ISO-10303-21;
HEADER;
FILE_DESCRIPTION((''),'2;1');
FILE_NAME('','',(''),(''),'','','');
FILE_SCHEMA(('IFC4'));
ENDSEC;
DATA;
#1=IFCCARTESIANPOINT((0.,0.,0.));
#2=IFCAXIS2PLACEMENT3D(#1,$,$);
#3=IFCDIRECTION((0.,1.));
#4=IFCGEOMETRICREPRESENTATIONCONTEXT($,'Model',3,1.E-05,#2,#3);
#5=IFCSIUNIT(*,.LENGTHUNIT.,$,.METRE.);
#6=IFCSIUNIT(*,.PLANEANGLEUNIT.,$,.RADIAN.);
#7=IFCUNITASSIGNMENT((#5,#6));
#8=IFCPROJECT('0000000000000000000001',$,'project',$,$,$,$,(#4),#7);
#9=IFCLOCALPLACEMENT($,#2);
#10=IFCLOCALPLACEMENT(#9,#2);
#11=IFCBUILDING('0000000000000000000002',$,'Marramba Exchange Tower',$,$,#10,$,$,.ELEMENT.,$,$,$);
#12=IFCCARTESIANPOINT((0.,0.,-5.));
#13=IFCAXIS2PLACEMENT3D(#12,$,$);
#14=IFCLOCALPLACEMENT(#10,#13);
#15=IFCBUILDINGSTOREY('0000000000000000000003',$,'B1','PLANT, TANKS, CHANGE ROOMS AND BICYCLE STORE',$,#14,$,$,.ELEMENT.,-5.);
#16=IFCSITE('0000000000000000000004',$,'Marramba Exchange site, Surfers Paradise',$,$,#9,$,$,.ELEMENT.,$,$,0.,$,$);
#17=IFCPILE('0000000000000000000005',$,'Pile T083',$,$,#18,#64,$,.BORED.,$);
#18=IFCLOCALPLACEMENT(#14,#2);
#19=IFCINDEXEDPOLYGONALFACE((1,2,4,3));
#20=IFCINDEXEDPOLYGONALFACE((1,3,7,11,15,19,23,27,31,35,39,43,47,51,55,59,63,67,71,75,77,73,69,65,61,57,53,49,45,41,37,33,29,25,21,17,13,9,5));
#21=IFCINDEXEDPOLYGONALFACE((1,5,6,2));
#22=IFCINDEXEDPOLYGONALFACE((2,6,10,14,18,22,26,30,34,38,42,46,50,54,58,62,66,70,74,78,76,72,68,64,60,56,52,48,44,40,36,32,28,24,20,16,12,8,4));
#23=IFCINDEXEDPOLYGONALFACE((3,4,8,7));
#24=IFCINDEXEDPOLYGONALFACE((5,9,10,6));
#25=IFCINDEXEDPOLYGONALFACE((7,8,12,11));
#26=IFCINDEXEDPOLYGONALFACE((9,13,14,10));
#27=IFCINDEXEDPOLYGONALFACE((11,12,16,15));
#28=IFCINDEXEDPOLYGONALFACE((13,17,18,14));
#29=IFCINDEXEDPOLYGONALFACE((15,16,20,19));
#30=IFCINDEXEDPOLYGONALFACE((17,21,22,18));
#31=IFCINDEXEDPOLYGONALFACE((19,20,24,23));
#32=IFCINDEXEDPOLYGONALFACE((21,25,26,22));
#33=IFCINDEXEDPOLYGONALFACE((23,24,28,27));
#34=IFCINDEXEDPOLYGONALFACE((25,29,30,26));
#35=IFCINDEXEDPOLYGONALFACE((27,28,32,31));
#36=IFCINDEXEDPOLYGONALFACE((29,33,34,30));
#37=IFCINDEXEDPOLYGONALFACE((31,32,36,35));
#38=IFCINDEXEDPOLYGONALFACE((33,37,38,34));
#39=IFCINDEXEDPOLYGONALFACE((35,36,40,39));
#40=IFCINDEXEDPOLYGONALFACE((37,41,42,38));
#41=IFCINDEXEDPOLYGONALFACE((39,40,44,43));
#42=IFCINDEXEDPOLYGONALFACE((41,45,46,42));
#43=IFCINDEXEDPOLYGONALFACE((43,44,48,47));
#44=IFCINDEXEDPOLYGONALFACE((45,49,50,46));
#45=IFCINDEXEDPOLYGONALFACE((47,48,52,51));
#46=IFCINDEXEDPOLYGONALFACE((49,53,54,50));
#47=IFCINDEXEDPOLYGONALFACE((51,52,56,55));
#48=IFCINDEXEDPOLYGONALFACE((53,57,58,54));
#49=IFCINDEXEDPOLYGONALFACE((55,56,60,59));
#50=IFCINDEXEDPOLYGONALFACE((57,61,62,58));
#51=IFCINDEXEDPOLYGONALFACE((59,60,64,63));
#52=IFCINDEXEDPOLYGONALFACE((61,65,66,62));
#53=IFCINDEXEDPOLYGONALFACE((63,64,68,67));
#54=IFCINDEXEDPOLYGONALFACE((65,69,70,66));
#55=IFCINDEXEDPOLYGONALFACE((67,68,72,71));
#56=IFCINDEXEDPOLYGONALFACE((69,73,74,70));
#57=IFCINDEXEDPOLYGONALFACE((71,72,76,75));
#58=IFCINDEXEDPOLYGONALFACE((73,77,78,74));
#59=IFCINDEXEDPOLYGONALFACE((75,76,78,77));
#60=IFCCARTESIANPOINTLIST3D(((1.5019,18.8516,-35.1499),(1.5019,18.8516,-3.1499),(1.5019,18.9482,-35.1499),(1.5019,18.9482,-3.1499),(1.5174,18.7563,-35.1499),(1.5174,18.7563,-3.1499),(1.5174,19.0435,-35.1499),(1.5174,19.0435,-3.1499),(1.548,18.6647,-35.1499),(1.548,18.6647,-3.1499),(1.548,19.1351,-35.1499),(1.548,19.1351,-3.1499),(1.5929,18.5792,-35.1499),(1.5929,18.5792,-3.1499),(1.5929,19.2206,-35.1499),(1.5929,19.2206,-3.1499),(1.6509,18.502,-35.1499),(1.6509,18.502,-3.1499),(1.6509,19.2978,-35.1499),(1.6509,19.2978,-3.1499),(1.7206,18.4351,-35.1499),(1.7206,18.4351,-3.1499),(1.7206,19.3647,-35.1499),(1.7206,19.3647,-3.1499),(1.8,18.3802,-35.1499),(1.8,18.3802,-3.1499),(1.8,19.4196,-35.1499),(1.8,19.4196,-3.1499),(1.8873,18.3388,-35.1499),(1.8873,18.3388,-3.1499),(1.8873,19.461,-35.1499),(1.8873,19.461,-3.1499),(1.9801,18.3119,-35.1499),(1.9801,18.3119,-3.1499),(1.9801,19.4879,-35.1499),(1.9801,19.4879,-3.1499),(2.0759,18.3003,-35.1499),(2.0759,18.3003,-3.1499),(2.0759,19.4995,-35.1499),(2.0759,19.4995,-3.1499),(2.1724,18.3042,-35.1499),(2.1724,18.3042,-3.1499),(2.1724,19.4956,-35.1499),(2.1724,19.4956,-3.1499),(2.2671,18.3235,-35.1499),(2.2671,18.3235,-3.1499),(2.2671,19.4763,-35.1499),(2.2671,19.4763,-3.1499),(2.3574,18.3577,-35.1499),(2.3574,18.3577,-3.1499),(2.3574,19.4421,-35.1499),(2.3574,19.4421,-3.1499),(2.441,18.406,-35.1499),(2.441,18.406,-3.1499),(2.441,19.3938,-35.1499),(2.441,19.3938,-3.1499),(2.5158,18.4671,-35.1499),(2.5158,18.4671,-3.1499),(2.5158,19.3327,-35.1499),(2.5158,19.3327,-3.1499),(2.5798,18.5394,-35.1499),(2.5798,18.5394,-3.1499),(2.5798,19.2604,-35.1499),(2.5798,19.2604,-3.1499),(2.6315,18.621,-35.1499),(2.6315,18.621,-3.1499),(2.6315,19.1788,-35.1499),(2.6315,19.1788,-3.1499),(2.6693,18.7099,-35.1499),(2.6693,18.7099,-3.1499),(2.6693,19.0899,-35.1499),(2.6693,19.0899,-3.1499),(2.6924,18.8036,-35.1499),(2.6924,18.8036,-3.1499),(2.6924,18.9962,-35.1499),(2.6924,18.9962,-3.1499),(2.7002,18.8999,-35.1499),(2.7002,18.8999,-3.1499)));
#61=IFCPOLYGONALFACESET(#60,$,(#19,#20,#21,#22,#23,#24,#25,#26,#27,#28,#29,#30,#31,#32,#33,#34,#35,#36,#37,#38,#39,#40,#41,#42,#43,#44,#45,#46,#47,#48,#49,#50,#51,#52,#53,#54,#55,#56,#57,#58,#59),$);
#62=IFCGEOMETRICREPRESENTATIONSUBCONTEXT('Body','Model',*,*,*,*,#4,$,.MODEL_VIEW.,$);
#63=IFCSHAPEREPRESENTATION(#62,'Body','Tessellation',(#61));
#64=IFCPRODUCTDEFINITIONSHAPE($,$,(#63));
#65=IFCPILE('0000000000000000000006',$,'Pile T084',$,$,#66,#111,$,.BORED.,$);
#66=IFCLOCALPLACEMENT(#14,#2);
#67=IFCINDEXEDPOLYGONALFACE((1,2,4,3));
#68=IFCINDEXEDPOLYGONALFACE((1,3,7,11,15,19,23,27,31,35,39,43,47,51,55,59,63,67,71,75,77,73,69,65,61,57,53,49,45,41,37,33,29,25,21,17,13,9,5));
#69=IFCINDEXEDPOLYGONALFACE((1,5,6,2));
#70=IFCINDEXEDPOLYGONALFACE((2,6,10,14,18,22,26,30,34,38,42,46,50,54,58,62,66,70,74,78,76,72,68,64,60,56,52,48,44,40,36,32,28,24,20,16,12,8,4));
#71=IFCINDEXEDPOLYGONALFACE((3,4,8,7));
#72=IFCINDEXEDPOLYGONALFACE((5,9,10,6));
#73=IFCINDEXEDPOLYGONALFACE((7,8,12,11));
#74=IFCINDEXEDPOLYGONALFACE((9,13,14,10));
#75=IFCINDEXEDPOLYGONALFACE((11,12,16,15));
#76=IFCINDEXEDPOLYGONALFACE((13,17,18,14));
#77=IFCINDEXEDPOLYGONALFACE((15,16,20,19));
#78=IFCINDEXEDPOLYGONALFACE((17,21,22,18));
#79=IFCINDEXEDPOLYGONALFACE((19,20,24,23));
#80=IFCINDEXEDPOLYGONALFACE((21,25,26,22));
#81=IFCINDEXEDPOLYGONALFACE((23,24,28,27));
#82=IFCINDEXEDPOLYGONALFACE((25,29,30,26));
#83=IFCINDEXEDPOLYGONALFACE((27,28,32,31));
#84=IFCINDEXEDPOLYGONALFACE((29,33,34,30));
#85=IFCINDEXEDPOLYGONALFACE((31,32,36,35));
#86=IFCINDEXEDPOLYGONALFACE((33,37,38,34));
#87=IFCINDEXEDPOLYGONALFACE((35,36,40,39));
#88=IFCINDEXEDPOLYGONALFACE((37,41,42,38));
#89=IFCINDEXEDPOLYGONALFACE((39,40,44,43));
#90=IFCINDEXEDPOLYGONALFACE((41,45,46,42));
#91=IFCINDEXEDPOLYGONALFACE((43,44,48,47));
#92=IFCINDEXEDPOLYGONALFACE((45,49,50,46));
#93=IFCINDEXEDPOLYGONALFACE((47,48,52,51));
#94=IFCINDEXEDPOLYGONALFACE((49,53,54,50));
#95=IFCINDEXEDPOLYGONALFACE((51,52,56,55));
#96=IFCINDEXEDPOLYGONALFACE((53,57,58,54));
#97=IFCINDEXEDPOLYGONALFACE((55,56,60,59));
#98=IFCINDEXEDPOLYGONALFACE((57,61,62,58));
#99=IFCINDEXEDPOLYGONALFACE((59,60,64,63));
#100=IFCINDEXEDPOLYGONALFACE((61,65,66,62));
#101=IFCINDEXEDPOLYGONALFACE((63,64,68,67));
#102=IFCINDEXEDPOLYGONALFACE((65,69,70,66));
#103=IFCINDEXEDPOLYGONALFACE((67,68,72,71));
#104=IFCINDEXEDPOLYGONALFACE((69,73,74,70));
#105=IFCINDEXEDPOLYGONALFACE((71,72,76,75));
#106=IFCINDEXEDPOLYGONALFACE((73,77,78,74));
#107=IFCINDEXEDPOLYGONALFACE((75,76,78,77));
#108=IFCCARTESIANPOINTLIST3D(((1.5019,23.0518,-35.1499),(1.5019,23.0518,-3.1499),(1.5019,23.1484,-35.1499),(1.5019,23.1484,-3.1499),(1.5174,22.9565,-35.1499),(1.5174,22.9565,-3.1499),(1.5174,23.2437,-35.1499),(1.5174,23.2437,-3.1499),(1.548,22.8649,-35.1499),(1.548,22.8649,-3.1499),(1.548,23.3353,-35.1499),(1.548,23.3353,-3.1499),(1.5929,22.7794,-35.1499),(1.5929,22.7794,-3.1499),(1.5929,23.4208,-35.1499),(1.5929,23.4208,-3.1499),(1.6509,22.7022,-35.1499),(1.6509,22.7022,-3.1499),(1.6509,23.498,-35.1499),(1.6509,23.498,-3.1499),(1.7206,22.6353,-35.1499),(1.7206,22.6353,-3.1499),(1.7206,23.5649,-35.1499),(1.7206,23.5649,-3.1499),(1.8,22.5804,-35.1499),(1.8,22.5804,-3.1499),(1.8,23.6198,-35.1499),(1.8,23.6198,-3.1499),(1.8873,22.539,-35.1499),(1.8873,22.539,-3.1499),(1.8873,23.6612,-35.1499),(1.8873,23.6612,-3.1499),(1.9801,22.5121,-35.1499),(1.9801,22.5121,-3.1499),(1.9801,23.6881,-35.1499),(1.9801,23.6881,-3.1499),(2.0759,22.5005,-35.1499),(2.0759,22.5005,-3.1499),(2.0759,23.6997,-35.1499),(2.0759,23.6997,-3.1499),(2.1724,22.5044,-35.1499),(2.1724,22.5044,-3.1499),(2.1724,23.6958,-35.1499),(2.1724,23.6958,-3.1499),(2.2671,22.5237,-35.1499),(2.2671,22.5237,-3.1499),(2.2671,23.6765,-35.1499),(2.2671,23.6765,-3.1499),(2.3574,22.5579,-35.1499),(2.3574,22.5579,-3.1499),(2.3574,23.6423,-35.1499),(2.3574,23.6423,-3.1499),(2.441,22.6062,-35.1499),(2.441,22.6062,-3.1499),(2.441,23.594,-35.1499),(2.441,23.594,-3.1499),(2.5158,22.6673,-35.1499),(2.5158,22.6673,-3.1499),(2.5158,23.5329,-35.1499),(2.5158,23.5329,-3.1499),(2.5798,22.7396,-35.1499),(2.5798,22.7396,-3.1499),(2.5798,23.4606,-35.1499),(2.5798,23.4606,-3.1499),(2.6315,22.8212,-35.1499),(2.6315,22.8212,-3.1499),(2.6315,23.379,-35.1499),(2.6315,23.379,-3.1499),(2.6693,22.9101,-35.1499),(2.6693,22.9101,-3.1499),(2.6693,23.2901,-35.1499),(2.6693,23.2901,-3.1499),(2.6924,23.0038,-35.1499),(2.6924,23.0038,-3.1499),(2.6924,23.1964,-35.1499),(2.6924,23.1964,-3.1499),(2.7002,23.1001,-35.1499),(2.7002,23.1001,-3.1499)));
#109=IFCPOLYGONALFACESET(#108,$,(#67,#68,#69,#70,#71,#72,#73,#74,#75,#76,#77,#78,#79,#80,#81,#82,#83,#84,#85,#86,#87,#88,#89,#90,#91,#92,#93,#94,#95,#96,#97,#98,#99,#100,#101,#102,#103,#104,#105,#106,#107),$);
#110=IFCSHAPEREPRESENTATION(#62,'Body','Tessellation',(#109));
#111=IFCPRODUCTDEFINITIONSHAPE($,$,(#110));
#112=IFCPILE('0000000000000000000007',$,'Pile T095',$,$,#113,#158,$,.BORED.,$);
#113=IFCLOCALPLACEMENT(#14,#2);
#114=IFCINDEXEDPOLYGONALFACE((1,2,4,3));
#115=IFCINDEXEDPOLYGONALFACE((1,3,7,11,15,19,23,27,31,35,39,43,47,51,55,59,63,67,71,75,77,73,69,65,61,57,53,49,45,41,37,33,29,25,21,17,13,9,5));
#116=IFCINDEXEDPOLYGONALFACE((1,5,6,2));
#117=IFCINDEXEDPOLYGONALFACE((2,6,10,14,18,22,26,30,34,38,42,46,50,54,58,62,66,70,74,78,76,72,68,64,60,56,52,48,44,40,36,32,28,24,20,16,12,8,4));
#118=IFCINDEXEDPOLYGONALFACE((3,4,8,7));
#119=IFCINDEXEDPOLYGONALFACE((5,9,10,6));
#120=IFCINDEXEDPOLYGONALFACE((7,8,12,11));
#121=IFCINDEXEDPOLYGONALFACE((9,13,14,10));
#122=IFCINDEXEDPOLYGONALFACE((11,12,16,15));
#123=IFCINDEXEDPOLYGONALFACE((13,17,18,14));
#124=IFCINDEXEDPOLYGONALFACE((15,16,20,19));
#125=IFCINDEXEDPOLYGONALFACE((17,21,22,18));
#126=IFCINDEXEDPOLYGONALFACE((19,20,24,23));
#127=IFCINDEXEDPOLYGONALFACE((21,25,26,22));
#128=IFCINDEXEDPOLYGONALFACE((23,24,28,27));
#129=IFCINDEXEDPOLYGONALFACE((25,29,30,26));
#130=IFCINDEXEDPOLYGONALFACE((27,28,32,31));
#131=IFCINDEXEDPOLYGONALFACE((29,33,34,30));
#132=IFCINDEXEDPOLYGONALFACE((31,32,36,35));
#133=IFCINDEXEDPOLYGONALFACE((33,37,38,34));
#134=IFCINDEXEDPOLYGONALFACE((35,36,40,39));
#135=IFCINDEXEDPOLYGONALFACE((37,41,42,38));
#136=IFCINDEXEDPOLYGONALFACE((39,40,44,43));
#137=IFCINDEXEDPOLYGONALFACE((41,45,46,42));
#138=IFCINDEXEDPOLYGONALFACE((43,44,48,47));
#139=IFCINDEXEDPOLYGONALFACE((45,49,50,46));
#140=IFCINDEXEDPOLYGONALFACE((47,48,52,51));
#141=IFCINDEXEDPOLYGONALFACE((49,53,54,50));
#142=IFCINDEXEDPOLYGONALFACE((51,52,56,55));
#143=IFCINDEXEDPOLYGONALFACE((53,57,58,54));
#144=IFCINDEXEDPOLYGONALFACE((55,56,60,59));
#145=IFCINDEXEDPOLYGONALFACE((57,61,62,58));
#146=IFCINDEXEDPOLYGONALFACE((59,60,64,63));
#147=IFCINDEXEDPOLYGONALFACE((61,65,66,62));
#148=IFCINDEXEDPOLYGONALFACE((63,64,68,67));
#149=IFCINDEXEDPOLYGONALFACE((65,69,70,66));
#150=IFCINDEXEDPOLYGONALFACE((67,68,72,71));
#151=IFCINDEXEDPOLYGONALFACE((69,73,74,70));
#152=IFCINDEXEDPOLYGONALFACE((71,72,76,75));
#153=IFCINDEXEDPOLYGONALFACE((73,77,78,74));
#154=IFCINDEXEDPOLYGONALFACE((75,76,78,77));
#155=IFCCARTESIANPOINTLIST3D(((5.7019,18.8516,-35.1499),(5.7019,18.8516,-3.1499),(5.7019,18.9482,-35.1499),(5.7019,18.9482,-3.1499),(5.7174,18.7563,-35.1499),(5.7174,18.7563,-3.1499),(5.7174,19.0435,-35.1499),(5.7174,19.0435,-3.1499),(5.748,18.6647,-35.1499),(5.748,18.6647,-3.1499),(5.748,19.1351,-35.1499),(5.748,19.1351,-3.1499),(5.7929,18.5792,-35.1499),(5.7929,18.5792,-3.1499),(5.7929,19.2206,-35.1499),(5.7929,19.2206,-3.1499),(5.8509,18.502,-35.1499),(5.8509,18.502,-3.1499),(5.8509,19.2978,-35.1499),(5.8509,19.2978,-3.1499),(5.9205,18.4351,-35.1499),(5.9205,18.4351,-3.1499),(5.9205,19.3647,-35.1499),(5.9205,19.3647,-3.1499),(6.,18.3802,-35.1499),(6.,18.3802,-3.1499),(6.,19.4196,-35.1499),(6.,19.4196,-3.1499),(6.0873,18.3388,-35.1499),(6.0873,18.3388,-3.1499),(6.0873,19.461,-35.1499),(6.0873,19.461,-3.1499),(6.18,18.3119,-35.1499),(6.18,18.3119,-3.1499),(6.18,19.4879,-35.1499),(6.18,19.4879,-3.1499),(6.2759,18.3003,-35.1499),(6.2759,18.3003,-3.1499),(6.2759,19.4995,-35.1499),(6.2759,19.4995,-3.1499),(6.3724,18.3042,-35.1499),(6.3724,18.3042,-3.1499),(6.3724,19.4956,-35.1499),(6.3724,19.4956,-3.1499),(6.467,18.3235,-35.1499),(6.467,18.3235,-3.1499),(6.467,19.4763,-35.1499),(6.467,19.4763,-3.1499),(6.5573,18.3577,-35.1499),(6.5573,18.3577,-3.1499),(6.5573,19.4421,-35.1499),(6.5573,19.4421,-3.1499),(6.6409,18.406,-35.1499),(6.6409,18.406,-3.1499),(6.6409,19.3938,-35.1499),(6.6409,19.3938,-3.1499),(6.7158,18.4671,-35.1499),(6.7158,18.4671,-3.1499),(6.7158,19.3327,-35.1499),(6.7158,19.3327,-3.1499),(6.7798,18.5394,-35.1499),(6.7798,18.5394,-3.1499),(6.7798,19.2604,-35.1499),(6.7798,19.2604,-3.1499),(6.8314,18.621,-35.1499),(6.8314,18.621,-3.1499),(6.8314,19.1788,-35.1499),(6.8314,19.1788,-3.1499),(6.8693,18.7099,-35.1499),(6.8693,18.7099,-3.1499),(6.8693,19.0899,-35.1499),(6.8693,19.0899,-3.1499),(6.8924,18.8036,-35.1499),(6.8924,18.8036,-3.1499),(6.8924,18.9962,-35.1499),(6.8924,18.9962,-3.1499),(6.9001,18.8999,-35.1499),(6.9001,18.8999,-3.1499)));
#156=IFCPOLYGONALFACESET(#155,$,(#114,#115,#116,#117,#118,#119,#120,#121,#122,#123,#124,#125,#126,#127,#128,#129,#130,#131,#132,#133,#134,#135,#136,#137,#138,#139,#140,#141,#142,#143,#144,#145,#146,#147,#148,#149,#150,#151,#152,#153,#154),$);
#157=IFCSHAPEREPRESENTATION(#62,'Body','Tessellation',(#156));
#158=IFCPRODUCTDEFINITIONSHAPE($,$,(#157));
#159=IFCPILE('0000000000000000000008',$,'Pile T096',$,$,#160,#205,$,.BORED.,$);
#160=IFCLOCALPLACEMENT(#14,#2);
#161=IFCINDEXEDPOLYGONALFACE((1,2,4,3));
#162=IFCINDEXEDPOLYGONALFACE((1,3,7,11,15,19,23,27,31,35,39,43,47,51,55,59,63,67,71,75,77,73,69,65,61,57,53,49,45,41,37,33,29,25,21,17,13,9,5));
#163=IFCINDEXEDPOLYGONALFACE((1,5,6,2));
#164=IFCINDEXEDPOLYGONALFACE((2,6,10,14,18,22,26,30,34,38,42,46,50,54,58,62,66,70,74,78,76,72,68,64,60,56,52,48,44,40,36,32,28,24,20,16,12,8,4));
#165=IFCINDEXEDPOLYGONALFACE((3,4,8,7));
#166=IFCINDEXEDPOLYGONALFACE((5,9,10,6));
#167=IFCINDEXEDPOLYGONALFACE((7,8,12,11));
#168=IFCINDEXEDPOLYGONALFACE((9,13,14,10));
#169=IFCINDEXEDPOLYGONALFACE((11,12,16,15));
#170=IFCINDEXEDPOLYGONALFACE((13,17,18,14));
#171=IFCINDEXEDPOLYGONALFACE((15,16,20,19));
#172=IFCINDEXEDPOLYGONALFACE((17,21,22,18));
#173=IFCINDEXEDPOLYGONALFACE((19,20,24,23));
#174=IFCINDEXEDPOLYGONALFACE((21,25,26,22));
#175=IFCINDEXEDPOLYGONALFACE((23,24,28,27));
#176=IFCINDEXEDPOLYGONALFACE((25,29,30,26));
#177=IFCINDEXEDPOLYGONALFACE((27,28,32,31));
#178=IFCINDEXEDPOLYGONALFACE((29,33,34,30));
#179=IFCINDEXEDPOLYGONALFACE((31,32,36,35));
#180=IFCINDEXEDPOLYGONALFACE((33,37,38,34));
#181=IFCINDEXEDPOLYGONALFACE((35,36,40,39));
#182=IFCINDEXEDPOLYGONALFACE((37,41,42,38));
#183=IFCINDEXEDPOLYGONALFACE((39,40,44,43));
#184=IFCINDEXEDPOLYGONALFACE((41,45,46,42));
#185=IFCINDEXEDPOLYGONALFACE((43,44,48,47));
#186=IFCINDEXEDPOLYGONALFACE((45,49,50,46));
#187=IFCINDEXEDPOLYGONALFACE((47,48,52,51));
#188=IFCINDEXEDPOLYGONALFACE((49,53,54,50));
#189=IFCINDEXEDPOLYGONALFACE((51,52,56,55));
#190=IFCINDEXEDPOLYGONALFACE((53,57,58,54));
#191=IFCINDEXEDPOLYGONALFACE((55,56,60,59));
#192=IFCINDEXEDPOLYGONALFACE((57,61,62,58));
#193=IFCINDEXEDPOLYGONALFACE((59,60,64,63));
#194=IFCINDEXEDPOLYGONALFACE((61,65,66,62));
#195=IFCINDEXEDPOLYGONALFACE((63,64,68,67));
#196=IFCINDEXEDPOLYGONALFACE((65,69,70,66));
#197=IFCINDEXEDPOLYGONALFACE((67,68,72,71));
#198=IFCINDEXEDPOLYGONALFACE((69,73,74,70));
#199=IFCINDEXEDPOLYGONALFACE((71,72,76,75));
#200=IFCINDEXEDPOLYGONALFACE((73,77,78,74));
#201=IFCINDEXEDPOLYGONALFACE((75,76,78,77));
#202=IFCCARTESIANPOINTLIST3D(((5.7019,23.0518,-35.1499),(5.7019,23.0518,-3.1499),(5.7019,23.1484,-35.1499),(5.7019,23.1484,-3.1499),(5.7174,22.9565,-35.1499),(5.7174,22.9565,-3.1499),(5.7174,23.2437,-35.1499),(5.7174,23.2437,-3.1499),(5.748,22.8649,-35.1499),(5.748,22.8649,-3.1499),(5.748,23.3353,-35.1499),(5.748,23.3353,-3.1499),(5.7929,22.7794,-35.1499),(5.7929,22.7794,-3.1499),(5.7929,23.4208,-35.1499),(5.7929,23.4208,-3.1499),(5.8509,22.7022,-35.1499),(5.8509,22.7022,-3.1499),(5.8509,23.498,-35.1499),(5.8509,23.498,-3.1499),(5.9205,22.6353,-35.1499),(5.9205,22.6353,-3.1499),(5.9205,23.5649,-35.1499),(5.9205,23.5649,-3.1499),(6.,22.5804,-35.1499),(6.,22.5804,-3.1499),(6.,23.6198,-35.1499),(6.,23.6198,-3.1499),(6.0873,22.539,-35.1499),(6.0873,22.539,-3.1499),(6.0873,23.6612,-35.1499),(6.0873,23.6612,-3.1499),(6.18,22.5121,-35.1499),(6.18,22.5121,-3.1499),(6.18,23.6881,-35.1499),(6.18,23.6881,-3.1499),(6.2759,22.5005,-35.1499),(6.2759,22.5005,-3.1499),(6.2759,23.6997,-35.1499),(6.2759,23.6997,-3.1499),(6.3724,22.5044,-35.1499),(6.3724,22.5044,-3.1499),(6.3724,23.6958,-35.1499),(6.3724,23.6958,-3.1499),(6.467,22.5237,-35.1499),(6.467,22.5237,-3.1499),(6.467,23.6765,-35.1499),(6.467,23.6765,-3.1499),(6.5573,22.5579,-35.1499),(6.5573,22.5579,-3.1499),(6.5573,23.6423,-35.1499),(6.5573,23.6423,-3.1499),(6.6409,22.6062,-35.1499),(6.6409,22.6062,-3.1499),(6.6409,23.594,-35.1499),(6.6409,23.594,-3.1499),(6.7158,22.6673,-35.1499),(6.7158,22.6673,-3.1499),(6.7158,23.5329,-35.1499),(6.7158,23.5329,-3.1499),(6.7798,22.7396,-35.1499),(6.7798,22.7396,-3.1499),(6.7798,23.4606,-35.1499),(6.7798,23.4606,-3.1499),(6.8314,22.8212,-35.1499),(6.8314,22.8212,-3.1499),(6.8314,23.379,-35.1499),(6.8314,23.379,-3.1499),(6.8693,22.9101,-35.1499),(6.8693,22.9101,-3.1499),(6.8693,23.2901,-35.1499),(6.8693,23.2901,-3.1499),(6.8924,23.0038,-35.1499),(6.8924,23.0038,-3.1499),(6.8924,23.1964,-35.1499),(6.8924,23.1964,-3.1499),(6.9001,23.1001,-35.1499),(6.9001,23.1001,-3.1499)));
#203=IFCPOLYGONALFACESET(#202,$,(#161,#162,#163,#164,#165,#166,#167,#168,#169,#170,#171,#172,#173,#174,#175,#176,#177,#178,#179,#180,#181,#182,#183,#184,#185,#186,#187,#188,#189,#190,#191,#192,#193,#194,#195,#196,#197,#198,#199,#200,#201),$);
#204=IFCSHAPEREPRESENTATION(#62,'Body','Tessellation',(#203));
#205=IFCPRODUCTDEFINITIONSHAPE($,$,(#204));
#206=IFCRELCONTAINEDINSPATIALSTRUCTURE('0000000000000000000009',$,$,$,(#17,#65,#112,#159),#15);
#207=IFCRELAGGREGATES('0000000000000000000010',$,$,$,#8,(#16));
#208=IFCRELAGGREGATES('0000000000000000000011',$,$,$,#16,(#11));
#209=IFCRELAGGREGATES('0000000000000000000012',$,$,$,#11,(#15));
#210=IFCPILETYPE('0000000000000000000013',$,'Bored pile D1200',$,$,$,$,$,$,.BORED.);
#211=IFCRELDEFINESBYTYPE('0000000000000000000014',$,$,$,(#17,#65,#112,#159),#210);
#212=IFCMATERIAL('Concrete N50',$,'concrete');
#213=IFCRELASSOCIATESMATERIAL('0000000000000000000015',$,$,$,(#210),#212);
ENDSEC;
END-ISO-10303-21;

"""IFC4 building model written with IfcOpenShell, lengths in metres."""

from ifc_helpers import new_model, si_unit, direction, frame, origin, origin_2d, place, context, subcontext, project, spatial, circle, extrude, material, material_profile, profile_set, type_object, element, save


model = new_model("IFC4")

# Units and contexts
model_context = context("Model", 3, precision=1e-05, world=origin(), true_north=direction((0.0, 1.0)))
body_context = subcontext(model_context, "Body", "Model", "MODEL_VIEW")
ifc_project = project(units=[si_unit("LENGTHUNIT", "METRE"), si_unit("PLANEANGLEUNIT", "RADIAN")], contexts=[model_context])

# Site, building, storey
site_placement = place(None, origin())
site = spatial("IfcSite", under=ifc_project, at=site_placement, Name="Marramba Exchange site, Surfers Paradise", CompositionType="ELEMENT", RefElevation=0.0)
building_placement = place(site_placement, origin())
building = spatial("IfcBuilding", under=site, at=building_placement, Name="Marramba Exchange Tower", CompositionType="ELEMENT")
storey_placement = place(building_placement, frame((0.0, 0.0, -5.0)))
storey = spatial("IfcBuildingStorey", under=building, at=storey_placement, Name="B1", Description="PLANT, TANKS, CHANGE ROOMS AND BICYCLE STORE", CompositionType="ELEMENT", Elevation=-5.0)

# Piles
ifc_material_1 = material(Name="Concrete N50", Category="concrete")
ifc_material_profile_1 = material_profile(ifc_material_1, circle(Radius=0.6001, at=origin_2d()), Name="BP D1200")
ifc_profile_set_1 = profile_set([ifc_material_profile_1], Name="Concrete N50")
pile_type_1 = type_object("IfcPileType", Name="Bored pile D1200", PredefinedType="BORED", material=ifc_profile_set_1)
for number, where, z_axis, x_axis, name in (
    (1, (2.1001, 18.8999, -3.1499), (0.0, 0.0, -1.0), (1.0, 0.0, 0.0), "Pile T083"),
    (2, (2.1001, 23.1001, -3.1499), (0.0, 0.0, -1.0), (1.0, 0.0, 0.0), "Pile T084"),
    (3, (6.3, 18.8999, -3.1499), (0.0, 0.0, -1.0), (1.0, 0.0, 0.0), "Pile T095"),
    (4, (6.3, 23.1001, -3.1499), (0.0, 0.0, -1.0), (1.0, 0.0, 0.0), "Pile T096"),
):
    element("IfcPile", number, at=place(storey_placement, frame(where, z_axis=z_axis, x_axis=x_axis)), inside=storey, type_object=pile_type_1, Name=name, PredefinedType="BORED", context=body_context, shape_type="SweptSolid", body=[
        extrude(circle(Radius=0.6001, at=origin_2d()), origin(), (0.0, 0.0, 1.0), 32.0),
    ])

save(model, "model.ifc")
